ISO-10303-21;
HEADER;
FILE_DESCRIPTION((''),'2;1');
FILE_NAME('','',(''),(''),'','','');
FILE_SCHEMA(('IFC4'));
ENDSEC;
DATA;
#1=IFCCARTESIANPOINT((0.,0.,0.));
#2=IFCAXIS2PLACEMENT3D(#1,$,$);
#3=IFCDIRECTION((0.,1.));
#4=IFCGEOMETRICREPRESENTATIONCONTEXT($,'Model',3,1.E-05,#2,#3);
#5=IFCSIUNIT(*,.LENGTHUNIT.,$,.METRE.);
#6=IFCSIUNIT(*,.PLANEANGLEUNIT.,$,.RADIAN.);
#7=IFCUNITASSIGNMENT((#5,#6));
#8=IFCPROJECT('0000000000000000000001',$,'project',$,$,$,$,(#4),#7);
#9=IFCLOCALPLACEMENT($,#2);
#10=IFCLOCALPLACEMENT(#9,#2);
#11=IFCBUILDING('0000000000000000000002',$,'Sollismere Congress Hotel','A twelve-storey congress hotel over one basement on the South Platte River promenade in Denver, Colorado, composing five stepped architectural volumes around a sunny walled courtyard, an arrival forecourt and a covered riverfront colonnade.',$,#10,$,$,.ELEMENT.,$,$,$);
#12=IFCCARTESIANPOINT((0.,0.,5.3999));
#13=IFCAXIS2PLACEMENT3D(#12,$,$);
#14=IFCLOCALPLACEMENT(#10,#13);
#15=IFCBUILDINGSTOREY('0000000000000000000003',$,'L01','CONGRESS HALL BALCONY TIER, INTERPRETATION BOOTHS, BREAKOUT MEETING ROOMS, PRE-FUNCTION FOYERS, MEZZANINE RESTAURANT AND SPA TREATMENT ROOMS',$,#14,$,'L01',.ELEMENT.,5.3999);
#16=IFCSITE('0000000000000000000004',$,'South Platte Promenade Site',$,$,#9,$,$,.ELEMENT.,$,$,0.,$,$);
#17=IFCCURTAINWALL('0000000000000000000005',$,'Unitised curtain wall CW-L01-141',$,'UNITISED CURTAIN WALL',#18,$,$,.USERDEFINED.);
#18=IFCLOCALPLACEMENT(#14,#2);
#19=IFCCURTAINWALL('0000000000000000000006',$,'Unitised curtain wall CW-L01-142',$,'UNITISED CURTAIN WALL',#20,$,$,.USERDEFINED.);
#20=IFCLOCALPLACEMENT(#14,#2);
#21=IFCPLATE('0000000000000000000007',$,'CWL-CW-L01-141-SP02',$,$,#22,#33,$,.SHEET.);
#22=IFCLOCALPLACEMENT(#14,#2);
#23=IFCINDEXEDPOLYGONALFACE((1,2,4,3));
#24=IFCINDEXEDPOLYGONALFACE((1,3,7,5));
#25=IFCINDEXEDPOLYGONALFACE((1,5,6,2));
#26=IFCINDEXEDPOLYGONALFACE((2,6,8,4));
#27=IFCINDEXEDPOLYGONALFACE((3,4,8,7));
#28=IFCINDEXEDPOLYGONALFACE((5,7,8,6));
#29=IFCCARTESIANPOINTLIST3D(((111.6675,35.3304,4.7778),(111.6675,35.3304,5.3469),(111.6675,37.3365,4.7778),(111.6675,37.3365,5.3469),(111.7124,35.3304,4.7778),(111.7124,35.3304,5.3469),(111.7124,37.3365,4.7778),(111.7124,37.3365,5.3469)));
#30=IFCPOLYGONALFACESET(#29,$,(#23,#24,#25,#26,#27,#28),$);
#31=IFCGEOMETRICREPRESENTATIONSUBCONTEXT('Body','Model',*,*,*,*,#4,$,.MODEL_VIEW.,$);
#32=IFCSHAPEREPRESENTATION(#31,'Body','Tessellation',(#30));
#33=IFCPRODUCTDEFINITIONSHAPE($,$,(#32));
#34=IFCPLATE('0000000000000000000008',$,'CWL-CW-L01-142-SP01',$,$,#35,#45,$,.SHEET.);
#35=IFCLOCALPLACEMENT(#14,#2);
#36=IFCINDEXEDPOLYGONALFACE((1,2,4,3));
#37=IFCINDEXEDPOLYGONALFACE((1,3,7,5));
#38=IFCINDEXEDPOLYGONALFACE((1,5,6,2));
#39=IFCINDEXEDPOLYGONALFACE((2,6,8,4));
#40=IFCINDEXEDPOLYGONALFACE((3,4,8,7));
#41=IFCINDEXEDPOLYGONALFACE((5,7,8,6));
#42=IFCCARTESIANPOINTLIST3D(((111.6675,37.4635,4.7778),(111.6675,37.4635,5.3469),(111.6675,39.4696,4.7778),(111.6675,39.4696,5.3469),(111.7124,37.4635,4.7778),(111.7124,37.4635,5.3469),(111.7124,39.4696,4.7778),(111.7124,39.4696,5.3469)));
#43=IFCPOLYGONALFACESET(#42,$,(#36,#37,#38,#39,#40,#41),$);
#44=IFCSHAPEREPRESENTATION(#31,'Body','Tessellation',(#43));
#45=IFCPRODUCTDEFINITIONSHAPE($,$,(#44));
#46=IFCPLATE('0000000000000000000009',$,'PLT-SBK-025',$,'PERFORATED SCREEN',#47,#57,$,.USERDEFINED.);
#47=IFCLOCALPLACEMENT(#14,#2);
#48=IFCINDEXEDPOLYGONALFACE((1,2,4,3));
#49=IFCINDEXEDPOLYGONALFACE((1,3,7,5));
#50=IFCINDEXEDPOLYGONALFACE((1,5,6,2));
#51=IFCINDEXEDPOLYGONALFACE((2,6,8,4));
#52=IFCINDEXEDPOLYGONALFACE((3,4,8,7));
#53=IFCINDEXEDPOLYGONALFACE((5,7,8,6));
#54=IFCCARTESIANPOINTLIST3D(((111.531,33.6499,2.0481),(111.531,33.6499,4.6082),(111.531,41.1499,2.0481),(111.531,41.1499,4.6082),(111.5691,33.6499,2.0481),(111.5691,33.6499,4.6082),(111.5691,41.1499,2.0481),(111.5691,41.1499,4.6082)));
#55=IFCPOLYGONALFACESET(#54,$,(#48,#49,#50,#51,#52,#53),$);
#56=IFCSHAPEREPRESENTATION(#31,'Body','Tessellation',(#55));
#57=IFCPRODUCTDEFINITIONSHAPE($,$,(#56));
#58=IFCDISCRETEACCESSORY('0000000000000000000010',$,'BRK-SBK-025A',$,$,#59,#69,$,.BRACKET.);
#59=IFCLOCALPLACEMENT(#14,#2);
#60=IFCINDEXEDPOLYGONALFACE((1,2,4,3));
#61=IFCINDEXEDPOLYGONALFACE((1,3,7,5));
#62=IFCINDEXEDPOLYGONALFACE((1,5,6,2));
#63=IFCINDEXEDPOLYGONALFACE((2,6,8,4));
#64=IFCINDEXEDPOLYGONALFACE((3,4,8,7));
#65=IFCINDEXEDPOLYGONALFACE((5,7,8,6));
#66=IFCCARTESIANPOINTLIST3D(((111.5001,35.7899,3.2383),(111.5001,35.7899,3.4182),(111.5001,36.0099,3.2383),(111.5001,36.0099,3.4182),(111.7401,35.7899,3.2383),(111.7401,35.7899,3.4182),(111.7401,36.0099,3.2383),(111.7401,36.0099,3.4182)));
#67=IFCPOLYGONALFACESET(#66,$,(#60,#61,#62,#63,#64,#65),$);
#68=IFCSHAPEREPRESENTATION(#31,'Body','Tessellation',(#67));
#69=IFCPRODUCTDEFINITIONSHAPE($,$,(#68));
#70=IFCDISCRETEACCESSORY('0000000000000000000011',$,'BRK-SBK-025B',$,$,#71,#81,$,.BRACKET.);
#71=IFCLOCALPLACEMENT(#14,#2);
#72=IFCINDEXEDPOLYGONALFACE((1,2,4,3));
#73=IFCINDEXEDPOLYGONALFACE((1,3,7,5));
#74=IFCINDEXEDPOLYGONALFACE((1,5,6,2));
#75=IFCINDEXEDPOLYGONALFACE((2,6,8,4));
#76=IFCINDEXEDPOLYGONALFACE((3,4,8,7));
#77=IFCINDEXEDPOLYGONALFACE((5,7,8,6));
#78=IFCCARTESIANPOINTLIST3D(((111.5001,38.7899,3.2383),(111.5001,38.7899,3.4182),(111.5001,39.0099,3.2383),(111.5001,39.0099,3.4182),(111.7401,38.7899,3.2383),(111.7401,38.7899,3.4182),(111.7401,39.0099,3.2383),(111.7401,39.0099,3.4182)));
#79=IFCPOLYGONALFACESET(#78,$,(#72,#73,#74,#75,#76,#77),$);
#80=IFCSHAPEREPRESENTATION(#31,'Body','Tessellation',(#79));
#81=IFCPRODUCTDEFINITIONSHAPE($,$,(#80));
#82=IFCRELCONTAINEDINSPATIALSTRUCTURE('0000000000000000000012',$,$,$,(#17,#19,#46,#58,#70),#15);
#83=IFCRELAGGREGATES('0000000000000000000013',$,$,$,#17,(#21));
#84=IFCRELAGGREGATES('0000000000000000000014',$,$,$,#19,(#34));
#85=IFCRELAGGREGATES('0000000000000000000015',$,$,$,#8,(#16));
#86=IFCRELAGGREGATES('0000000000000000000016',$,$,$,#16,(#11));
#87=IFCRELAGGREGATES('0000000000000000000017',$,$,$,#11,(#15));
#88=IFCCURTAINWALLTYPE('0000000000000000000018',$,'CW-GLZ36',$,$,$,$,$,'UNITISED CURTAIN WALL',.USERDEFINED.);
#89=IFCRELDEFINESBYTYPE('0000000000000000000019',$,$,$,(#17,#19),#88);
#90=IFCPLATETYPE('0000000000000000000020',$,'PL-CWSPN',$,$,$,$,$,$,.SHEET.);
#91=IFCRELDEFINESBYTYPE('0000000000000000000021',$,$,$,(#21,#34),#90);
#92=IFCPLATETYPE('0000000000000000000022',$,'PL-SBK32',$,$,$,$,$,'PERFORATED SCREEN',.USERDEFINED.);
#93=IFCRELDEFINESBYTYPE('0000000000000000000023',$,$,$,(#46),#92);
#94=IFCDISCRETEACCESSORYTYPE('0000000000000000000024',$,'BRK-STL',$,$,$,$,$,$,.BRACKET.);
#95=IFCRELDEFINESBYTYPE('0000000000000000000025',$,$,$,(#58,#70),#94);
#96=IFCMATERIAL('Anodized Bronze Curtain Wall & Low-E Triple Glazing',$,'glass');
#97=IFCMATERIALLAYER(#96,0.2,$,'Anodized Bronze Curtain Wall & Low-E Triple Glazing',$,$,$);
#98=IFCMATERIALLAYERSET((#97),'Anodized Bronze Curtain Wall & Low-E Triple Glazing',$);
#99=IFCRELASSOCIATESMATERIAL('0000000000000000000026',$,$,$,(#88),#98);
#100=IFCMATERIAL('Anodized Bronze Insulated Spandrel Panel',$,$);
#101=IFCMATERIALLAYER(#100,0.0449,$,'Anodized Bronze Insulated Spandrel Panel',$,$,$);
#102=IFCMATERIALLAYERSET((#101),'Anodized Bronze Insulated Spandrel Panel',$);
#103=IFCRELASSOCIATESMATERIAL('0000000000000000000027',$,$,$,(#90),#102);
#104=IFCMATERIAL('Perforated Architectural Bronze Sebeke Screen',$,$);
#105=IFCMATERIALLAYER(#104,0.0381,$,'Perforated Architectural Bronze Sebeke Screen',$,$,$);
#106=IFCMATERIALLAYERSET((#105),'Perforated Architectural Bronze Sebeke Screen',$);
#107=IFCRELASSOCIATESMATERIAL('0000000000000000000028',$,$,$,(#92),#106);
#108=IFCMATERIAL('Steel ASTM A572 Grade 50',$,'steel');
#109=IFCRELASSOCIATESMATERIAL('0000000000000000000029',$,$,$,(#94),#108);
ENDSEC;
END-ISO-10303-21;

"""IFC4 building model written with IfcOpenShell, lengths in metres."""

from ifc_helpers import new_model, si_unit, direction, frame, origin, origin_2d, place, context, subcontext, project, spatial, rectangle, extrude, material, layer, layer_set, type_object, element, aggregate, save


model = new_model("IFC4")

# Units and contexts
model_context = context("Model", 3, precision=1e-05, world=origin(), true_north=direction((0.0, 1.0)))
body_context = subcontext(model_context, "Body", "Model", "MODEL_VIEW")
ifc_project = project(units=[si_unit("LENGTHUNIT", "METRE"), si_unit("PLANEANGLEUNIT", "RADIAN")], contexts=[model_context])

# Site, building, storey
site_placement = place(None, origin())
site = spatial("IfcSite", under=ifc_project, at=site_placement, Name="South Platte Promenade Site", CompositionType="ELEMENT", RefElevation=0.0)
building_placement = place(site_placement, origin())
building = spatial("IfcBuilding", under=site, at=building_placement, Name="Sollismere Congress Hotel", Description="A twelve-storey congress hotel over one basement on the South Platte River promenade in Denver, Colorado, composing five stepped architectural volumes around a sunny walled courtyard, an arrival forecourt and a covered riverfront colonnade.", CompositionType="ELEMENT")
storey_placement = place(building_placement, frame((0.0, 0.0, 5.3999)))
storey = spatial("IfcBuildingStorey", under=building, at=storey_placement, Name="L01", Description="CONGRESS HALL BALCONY TIER, INTERPRETATION BOOTHS, BREAKOUT MEETING ROOMS, PRE-FUNCTION FOYERS, MEZZANINE RESTAURANT AND SPA TREATMENT ROOMS", LongName="L01", CompositionType="ELEMENT", Elevation=5.3999)

# Curtain walls
ifc_material_1 = material(Name="Anodized Bronze Curtain Wall & Low-E Triple Glazing", Category="glass")
ifc_layer_1 = layer(ifc_material_1, 0.2, Name="Anodized Bronze Curtain Wall & Low-E Triple Glazing")
ifc_layer_set_1 = layer_set([ifc_layer_1], Name="Anodized Bronze Curtain Wall & Low-E Triple Glazing")
curtain_wall_type = type_object("IfcCurtainWallType", Name="CW-GLZ36", ElementType="UNITISED CURTAIN WALL", PredefinedType="USERDEFINED", material=ifc_layer_set_1)
curtain_wall_1_placement = place(storey_placement, origin())
curtain_wall_1 = element("IfcCurtainWall", 1, at=curtain_wall_1_placement, inside=storey, type_object=curtain_wall_type, Name="Unitised curtain wall CW-L01-141", ObjectType="UNITISED CURTAIN WALL", PredefinedType="USERDEFINED")
curtain_wall_2_placement = place(storey_placement, origin())
curtain_wall_2 = element("IfcCurtainWall", 2, at=curtain_wall_2_placement, inside=storey, type_object=curtain_wall_type, Name="Unitised curtain wall CW-L01-142", ObjectType="UNITISED CURTAIN WALL", PredefinedType="USERDEFINED")

# Plates
ifc_material_2 = material(Name="Anodized Bronze Insulated Spandrel Panel")
ifc_layer_2 = layer(ifc_material_2, 0.0449, Name="Anodized Bronze Insulated Spandrel Panel")
ifc_layer_set_2 = layer_set([ifc_layer_2], Name="Anodized Bronze Insulated Spandrel Panel")
plate_type_1 = type_object("IfcPlateType", Name="PL-CWSPN", PredefinedType="SHEET", material=ifc_layer_set_2)
plate_1_placement = place(storey_placement, frame((111.6899, 36.3335, 4.7778), z_axis=(0.0, 0.0, 1.0), x_axis=(0.0, 1.0, 0.0)))
plate_1 = element("IfcPlate", 3, at=plate_1_placement, type_object=plate_type_1, Name="CWL-CW-L01-141-SP02", PredefinedType="SHEET", context=body_context, shape_type="SweptSolid", body=[
    extrude(rectangle(XDim=2.0061, YDim=0.0449, at=origin_2d()), origin(), (0.0, 0.0, 1.0), 0.5691),
])
aggregate(curtain_wall_1, [plate_1])
plate_2_placement = place(storey_placement, frame((111.6899, 38.4666, 4.7778), z_axis=(0.0, 0.0, 1.0), x_axis=(0.0, 1.0, 0.0)))
plate_2 = element("IfcPlate", 4, at=plate_2_placement, type_object=plate_type_1, Name="CWL-CW-L01-142-SP01", PredefinedType="SHEET", context=body_context, shape_type="SweptSolid", body=[
    extrude(rectangle(XDim=2.0061, YDim=0.0449, at=origin_2d()), origin(), (0.0, 0.0, 1.0), 0.5691),
])
aggregate(curtain_wall_2, [plate_2])
ifc_material_3 = material(Name="Perforated Architectural Bronze Sebeke Screen")
ifc_layer_3 = layer(ifc_material_3, 0.0381, Name="Perforated Architectural Bronze Sebeke Screen")
ifc_layer_set_3 = layer_set([ifc_layer_3], Name="Perforated Architectural Bronze Sebeke Screen")
plate_type_2 = type_object("IfcPlateType", Name="PL-SBK32", ElementType="PERFORATED SCREEN", PredefinedType="USERDEFINED", material=ifc_layer_set_3)
plate_3_placement = place(storey_placement, frame((111.55, 37.3999, 2.0481), z_axis=(0.0, 0.0, 1.0), x_axis=(0.0, 1.0, 0.0)))
element("IfcPlate", 5, at=plate_3_placement, inside=storey, type_object=plate_type_2, Name="PLT-SBK-025", ObjectType="PERFORATED SCREEN", PredefinedType="USERDEFINED", context=body_context, shape_type="SweptSolid", body=[
    extrude(rectangle(XDim=7.5, YDim=0.0381, at=origin_2d()), origin(), (0.0, 0.0, 1.0), 2.5601),
])

# Discrete accessories
ifc_material_4 = material(Name="Steel ASTM A572 Grade 50", Category="steel")
discrete_accessory_type = type_object("IfcDiscreteAccessoryType", Name="BRK-STL", PredefinedType="BRACKET", material=ifc_material_4)
for number, where, z_axis, x_axis, name in (
    (6, (111.6201, 35.8999, 3.2383), (0.0, 0.0, 1.0), (0.0, 1.0, 0.0), "BRK-SBK-025A"),
    (7, (111.6201, 38.8999, 3.2383), (0.0, 0.0, 1.0), (0.0, 1.0, 0.0), "BRK-SBK-025B"),
):
    element("IfcDiscreteAccessory", number, at=place(storey_placement, frame(where, z_axis=z_axis, x_axis=x_axis)), inside=storey, type_object=discrete_accessory_type, Name=name, PredefinedType="BRACKET", context=body_context, shape_type="SweptSolid", body=[
        extrude(rectangle(XDim=0.22, YDim=0.24, at=origin_2d()), origin(), (0.0, 0.0, 1.0), 0.1799),
    ])

save(model, "model.ifc")
